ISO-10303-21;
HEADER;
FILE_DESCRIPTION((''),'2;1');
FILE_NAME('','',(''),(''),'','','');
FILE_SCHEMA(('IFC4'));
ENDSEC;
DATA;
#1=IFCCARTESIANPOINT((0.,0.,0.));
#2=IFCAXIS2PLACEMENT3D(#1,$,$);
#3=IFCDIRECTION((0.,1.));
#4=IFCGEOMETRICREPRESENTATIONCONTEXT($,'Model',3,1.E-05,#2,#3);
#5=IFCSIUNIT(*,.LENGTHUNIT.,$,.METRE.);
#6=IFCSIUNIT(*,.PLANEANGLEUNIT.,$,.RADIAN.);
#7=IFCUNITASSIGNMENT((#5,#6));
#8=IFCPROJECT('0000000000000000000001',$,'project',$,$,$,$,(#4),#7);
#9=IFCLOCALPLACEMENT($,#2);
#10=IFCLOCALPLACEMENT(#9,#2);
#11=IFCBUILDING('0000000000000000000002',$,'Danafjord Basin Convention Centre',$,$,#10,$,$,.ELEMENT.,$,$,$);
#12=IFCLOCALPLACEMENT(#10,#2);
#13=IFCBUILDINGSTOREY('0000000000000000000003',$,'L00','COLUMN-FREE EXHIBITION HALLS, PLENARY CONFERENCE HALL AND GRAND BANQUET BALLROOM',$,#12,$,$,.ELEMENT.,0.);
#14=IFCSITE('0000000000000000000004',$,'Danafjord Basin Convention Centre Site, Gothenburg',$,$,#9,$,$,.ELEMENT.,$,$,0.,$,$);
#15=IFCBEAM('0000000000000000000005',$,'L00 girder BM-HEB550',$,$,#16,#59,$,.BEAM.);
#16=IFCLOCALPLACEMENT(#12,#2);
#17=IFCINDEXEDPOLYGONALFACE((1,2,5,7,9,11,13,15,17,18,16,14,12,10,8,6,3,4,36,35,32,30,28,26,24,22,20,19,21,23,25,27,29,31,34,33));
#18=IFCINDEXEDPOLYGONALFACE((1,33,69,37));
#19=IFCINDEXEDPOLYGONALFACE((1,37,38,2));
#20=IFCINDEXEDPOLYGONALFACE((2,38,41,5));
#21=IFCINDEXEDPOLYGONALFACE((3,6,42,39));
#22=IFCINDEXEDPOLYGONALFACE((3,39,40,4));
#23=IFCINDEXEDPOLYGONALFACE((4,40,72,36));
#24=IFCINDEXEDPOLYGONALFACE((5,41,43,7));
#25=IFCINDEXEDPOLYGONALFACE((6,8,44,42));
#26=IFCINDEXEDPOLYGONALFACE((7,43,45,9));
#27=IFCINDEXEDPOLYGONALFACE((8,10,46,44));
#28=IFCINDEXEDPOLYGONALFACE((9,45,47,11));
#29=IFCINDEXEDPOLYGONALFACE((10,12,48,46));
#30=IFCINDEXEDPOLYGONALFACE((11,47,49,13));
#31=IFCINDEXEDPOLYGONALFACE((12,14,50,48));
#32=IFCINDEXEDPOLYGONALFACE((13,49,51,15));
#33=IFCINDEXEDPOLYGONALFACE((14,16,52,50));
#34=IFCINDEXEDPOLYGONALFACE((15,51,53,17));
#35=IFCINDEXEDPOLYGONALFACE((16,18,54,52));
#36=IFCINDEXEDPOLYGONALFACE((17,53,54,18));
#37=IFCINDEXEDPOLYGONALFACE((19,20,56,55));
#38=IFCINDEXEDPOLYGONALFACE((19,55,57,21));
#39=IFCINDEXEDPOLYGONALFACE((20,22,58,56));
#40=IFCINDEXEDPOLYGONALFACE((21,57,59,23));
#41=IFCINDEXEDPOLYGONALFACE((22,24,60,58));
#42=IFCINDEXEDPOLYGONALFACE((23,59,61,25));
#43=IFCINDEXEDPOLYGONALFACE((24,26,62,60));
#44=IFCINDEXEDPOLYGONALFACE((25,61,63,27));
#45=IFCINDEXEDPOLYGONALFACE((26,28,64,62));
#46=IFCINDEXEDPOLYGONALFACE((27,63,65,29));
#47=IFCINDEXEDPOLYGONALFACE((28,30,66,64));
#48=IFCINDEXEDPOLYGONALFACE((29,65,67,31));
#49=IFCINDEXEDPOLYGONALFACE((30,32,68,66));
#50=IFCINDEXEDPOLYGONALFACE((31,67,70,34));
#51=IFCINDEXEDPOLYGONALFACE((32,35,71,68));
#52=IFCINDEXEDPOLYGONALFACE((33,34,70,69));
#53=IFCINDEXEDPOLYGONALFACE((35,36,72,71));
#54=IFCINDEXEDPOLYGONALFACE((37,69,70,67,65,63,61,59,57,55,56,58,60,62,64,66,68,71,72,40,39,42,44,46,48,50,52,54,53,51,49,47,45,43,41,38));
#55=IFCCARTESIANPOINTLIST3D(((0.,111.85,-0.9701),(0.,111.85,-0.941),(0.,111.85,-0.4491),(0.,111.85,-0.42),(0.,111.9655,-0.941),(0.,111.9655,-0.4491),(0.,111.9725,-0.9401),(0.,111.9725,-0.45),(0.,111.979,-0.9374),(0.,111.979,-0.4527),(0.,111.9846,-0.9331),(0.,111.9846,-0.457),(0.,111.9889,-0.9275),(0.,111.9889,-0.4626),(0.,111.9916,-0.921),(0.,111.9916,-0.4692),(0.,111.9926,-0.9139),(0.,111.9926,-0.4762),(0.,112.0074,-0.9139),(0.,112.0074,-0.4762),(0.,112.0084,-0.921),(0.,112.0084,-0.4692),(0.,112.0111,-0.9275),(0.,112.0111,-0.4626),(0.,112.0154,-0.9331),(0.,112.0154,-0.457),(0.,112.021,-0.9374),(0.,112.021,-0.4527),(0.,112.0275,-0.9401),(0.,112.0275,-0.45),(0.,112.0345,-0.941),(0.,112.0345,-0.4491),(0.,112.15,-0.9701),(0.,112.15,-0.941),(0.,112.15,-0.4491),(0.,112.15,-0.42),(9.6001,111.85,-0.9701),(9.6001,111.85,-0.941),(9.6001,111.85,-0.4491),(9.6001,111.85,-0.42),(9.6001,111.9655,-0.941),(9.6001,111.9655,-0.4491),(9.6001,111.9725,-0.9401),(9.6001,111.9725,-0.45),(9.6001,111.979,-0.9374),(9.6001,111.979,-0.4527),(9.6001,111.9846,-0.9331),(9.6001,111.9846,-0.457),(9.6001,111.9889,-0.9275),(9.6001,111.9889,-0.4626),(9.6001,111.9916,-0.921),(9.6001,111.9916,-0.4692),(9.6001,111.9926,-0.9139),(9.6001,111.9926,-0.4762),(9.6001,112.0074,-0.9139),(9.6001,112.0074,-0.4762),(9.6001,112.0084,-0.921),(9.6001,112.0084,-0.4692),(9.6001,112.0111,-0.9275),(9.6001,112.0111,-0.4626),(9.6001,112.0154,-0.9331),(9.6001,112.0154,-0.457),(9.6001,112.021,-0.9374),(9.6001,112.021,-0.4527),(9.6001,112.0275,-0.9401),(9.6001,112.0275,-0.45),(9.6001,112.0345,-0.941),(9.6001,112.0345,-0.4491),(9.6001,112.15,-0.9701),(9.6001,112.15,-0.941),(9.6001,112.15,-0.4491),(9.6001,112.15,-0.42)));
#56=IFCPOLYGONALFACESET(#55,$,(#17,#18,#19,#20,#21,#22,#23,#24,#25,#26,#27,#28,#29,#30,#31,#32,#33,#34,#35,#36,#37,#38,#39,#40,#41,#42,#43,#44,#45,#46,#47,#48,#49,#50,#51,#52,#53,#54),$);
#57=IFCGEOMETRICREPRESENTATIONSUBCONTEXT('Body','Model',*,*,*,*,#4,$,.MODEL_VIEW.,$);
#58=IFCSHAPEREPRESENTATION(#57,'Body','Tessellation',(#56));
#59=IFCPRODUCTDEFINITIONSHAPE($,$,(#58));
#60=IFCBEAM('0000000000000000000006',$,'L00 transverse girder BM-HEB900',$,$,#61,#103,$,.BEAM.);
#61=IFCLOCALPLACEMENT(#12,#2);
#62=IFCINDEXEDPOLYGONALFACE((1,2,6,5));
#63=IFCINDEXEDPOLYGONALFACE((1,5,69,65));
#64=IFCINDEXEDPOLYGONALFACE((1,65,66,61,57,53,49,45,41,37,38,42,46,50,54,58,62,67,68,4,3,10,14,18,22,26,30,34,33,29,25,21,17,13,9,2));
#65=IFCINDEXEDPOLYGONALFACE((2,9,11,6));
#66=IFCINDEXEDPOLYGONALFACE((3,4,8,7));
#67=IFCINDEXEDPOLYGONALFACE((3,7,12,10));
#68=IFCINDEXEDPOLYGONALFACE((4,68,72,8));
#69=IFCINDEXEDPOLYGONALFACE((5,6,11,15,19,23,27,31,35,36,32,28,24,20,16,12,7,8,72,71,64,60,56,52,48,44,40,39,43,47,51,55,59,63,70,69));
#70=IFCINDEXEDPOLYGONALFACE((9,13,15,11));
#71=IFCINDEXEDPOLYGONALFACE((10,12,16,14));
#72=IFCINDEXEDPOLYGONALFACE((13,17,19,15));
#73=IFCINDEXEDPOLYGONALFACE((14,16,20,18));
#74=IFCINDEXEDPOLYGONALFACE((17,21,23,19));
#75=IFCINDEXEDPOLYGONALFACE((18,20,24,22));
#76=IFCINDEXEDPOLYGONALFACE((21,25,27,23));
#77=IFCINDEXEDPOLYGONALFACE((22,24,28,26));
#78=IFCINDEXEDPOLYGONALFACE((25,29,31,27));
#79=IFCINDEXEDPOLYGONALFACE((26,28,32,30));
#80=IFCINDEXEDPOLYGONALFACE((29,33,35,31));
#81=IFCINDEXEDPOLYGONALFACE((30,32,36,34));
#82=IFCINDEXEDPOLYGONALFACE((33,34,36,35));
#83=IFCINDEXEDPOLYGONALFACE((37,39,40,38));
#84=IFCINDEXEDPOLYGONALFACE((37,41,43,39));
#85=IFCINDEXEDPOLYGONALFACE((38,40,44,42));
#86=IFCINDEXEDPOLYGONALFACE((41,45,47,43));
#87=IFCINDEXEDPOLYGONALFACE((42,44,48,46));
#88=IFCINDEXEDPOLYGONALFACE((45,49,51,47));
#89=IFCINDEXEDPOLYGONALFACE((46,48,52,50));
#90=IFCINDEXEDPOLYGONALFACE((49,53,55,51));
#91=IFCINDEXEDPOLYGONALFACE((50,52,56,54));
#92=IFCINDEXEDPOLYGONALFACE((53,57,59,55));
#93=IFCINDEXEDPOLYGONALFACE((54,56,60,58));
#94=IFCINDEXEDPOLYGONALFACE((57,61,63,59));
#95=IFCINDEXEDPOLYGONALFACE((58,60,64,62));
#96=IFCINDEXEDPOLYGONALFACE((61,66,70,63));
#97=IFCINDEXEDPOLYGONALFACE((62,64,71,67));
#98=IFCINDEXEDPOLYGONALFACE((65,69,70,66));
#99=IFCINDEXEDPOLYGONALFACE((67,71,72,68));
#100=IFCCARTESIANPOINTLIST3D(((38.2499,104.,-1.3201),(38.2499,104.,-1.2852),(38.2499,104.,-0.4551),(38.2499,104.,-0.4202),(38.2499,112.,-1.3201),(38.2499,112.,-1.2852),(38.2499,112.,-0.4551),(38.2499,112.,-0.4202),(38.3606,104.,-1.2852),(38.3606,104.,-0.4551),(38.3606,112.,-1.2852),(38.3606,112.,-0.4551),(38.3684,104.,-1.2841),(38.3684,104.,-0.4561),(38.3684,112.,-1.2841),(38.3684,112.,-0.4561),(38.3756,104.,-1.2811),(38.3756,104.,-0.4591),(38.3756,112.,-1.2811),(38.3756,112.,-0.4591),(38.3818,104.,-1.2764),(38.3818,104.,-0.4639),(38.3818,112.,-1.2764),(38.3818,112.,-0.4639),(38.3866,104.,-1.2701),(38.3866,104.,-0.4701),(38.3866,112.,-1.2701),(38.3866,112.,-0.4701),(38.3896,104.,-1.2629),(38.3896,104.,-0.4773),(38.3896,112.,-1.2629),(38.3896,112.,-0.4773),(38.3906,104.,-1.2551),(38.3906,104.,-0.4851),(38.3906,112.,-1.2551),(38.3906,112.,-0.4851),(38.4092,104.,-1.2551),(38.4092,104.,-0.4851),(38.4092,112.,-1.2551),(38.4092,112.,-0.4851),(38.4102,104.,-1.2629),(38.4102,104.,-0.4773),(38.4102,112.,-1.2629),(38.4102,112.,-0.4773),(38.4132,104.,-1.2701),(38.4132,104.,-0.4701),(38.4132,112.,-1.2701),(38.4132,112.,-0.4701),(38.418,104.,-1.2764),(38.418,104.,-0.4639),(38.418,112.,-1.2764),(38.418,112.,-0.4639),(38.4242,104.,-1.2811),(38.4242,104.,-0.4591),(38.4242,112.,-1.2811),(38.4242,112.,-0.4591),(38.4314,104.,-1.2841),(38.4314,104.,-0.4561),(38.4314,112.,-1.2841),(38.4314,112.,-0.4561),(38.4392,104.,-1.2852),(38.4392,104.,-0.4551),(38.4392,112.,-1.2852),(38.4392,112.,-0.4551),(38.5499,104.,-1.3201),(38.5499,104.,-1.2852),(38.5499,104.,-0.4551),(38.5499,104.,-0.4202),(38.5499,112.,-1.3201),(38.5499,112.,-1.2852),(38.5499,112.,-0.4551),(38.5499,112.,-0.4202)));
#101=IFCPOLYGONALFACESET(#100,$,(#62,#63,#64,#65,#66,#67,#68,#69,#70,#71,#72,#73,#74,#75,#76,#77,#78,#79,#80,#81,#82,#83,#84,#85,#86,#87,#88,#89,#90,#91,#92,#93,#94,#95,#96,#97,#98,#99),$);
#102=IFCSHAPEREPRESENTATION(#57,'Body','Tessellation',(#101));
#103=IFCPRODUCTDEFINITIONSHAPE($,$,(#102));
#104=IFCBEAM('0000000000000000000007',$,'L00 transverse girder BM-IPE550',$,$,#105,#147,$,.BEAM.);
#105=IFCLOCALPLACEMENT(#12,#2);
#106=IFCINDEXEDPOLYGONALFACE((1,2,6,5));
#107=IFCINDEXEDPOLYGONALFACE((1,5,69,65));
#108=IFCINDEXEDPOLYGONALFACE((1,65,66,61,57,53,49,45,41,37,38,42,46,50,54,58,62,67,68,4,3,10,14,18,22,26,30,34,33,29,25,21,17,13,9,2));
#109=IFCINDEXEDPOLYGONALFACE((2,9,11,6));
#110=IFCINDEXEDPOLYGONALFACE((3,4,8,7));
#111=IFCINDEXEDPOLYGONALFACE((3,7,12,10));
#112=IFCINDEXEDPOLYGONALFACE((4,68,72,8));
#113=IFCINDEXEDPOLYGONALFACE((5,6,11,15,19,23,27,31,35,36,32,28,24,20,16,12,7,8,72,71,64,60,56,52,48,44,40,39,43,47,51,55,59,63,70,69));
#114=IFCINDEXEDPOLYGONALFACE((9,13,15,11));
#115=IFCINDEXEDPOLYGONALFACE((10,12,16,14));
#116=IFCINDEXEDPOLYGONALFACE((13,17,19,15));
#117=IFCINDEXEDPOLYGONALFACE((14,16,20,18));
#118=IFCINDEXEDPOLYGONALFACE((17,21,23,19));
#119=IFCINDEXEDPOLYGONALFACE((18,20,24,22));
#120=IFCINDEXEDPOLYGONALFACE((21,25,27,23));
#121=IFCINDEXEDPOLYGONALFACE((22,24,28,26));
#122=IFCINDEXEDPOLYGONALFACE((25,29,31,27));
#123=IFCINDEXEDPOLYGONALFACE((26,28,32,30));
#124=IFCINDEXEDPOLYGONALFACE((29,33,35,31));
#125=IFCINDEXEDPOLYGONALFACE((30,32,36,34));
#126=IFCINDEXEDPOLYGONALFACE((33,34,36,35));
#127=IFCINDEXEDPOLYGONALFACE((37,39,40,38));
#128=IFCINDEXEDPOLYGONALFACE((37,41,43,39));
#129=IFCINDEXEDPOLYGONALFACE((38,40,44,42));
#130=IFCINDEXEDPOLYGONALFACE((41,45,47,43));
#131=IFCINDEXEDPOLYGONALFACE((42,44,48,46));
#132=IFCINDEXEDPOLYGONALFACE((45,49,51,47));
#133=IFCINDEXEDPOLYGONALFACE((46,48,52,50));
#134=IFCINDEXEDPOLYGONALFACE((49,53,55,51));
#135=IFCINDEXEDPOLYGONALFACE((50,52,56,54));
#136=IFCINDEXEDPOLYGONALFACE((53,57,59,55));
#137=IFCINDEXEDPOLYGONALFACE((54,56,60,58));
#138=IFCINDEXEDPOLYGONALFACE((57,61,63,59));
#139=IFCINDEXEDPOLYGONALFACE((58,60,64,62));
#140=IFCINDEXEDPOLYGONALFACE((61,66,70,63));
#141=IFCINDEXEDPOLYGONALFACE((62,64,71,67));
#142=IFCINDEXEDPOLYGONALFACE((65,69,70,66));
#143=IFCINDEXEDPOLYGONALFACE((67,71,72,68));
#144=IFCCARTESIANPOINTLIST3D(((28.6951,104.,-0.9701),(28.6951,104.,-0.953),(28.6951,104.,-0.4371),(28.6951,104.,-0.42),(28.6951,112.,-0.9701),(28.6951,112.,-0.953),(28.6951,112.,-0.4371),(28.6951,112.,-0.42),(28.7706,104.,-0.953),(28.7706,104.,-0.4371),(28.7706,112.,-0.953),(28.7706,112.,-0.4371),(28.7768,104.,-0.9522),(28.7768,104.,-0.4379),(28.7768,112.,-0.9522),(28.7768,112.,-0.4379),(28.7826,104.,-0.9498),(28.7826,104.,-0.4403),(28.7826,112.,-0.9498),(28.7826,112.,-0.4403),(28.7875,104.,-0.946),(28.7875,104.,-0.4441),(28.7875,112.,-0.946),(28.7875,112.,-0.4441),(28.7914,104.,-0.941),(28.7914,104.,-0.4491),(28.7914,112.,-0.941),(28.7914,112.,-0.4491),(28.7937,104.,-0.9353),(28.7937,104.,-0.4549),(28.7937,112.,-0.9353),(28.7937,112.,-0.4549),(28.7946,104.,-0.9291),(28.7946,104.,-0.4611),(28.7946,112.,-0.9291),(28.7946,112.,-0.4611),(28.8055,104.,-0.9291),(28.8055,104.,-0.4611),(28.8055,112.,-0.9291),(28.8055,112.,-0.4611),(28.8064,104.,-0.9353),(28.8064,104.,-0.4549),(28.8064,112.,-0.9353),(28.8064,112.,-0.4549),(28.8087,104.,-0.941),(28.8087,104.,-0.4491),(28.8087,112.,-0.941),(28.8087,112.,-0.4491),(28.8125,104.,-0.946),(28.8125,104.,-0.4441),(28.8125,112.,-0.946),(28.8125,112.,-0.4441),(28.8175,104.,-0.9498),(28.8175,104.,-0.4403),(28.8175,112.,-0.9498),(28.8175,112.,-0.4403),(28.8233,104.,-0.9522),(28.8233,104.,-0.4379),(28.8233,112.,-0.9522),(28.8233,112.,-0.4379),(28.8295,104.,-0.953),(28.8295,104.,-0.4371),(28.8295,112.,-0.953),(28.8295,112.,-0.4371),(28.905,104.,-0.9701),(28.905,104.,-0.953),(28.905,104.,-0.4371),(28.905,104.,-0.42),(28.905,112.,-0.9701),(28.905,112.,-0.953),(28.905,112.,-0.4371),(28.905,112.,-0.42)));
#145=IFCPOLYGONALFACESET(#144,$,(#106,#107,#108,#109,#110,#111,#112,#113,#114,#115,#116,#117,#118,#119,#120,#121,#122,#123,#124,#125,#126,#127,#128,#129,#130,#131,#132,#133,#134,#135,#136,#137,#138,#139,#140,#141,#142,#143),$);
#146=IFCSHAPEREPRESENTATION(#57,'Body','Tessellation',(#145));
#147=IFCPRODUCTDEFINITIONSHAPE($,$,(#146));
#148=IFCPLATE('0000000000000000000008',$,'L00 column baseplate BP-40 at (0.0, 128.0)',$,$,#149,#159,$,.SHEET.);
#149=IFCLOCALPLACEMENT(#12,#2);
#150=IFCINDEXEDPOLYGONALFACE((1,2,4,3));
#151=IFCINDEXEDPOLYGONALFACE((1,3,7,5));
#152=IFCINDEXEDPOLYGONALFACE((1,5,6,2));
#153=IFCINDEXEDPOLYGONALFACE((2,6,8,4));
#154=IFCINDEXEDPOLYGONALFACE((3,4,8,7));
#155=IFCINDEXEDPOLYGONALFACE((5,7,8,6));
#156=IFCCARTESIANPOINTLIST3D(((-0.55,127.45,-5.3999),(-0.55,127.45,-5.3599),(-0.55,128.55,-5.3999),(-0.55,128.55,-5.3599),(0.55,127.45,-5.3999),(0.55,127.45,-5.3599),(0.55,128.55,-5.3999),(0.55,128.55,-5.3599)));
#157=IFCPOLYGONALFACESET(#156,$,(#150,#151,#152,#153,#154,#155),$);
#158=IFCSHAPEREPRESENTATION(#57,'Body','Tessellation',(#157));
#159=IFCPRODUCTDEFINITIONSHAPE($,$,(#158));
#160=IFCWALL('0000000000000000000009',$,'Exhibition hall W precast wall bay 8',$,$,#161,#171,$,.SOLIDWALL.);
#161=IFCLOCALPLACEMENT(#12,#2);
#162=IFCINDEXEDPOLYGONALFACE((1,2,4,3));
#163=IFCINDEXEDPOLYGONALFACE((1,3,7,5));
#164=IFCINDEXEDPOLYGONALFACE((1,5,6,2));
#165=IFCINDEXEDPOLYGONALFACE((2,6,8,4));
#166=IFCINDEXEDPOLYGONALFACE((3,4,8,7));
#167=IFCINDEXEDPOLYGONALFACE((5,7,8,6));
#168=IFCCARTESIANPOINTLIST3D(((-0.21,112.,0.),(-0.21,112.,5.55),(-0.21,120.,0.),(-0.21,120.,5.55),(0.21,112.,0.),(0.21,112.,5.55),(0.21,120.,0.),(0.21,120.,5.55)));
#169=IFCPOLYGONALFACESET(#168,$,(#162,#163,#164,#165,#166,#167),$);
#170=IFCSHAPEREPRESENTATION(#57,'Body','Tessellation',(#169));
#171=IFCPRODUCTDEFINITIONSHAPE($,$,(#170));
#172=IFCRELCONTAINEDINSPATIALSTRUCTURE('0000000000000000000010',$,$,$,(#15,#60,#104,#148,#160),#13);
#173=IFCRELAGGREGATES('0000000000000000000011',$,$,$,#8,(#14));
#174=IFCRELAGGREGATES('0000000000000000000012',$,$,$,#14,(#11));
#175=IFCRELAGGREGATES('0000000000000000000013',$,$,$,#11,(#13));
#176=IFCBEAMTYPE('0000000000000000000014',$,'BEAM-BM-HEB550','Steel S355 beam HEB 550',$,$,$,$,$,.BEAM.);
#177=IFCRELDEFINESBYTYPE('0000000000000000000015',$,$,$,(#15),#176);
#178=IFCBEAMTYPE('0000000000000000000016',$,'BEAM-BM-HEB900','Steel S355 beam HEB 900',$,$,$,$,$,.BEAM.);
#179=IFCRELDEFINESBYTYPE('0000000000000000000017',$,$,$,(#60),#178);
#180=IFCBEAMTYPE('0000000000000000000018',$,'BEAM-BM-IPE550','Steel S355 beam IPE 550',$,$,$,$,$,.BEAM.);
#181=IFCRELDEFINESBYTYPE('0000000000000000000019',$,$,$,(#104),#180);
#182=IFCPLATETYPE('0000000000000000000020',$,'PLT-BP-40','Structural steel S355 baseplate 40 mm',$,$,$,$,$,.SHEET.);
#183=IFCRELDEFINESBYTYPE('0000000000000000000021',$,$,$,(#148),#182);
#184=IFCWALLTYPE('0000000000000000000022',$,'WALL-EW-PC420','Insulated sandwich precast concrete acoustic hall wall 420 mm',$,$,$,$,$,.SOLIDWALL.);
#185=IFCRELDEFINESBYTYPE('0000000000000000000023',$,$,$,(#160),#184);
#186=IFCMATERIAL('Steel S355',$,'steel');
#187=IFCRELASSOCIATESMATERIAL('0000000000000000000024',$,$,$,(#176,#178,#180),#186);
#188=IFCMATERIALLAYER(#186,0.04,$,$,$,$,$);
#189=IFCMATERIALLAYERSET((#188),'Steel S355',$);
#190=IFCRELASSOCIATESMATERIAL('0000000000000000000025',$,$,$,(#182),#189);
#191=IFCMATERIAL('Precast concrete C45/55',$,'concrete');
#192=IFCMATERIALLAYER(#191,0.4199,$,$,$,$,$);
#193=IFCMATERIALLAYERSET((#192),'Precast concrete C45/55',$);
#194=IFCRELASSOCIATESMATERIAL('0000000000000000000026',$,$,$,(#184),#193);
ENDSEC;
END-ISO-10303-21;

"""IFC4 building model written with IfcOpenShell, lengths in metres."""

from ifc_helpers import new_model, si_unit, direction, frame, frame_2d, origin, origin_2d, place, context, subcontext, project, spatial, rectangle, i_section, extrude, material, layer, layer_set, material_profile, profile_set, type_object, element, save


model = new_model("IFC4")

# Units and contexts
model_context = context("Model", 3, precision=1e-05, world=origin(), true_north=direction((0.0, 1.0)))
body_context = subcontext(model_context, "Body", "Model", "MODEL_VIEW")
ifc_project = project(units=[si_unit("LENGTHUNIT", "METRE"), si_unit("PLANEANGLEUNIT", "RADIAN")], contexts=[model_context])

# Site, building, storey
site_placement = place(None, origin())
site = spatial("IfcSite", under=ifc_project, at=site_placement, Name="Danafjord Basin Convention Centre Site, Gothenburg", CompositionType="ELEMENT", RefElevation=0.0)
building_placement = place(site_placement, origin())
building = spatial("IfcBuilding", under=site, at=building_placement, Name="Danafjord Basin Convention Centre", CompositionType="ELEMENT")
storey_placement = place(building_placement, origin())
storey = spatial("IfcBuildingStorey", under=building, at=storey_placement, Name="L00", Description="COLUMN-FREE EXHIBITION HALLS, PLENARY CONFERENCE HALL AND GRAND BANQUET BALLROOM", CompositionType="ELEMENT", Elevation=0.0)

# Shared definitions
ifc_material_1 = material(Name="Precast concrete C45/55", Category="concrete")

# Beams
ifc_material_2 = material(Name="Steel S355", Category="steel")
ifc_material_profile_1 = material_profile(ifc_material_2, i_section(OverallWidth=0.3, OverallDepth=0.55, WebThickness=0.0149, FlangeThickness=0.0291, FilletRadius=0.0271, at=origin_2d()), Name="HEB 550")
ifc_profile_set_1 = profile_set([ifc_material_profile_1], Name="Steel S355")
beam_type_1 = type_object("IfcBeamType", Name="BEAM-BM-HEB550", Description="Steel S355 beam HEB 550", PredefinedType="BEAM", material=ifc_profile_set_1)
beam_1_placement = place(storey_placement, frame((0.0, 112.0, -0.6951), z_axis=(1.0, 0.0, 0.0), x_axis=(0.0, 1.0, 0.0)))
element("IfcBeam", 1, at=beam_1_placement, inside=storey, type_object=beam_type_1, Name="L00 girder BM-HEB550", PredefinedType="BEAM", context=body_context, shape_type="SweptSolid", body=[
    extrude(i_section(OverallWidth=0.3, OverallDepth=0.55, WebThickness=0.0149, FlangeThickness=0.0291, FilletRadius=0.0271, at=origin_2d()), origin(), (0.0, 0.0, 1.0), 9.6001),
])
ifc_material_profile_2 = material_profile(ifc_material_2, i_section(OverallWidth=0.3, OverallDepth=0.8999, WebThickness=0.0186, FlangeThickness=0.0349, FilletRadius=0.03, at=origin_2d()), Name="HEB 900")
ifc_profile_set_2 = profile_set([ifc_material_profile_2], Name="Steel S355")
beam_type_2 = type_object("IfcBeamType", Name="BEAM-BM-HEB900", Description="Steel S355 beam HEB 900", PredefinedType="BEAM", material=ifc_profile_set_2)
beam_2_placement = place(storey_placement, frame((38.3999, 104.0, -0.8701), z_axis=(0.0, 1.0, 0.0), x_axis=(-1.0, 0.0, 0.0)))
element("IfcBeam", 2, at=beam_2_placement, inside=storey, type_object=beam_type_2, Name="L00 transverse girder BM-HEB900", PredefinedType="BEAM", context=body_context, shape_type="SweptSolid", body=[
    extrude(i_section(OverallWidth=0.3, OverallDepth=0.8999, WebThickness=0.0186, FlangeThickness=0.0349, FilletRadius=0.03, at=origin_2d()), origin(), (0.0, 0.0, 1.0), 8.0),
])
ifc_material_profile_3 = material_profile(ifc_material_2, i_section(OverallWidth=0.21, OverallDepth=0.55, WebThickness=0.011, FlangeThickness=0.0171, FilletRadius=0.0239, at=origin_2d()), Name="IPE 550")
ifc_profile_set_3 = profile_set([ifc_material_profile_3], Name="Steel S355")
beam_type_3 = type_object("IfcBeamType", Name="BEAM-BM-IPE550", Description="Steel S355 beam IPE 550", PredefinedType="BEAM", material=ifc_profile_set_3)
beam_3_placement = place(storey_placement, frame((28.8, 104.0, -0.6951), z_axis=(0.0, 1.0, 0.0), x_axis=(-1.0, 0.0, 0.0)))
element("IfcBeam", 3, at=beam_3_placement, inside=storey, type_object=beam_type_3, Name="L00 transverse girder BM-IPE550", PredefinedType="BEAM", context=body_context, shape_type="SweptSolid", body=[
    extrude(i_section(OverallWidth=0.21, OverallDepth=0.55, WebThickness=0.011, FlangeThickness=0.0171, FilletRadius=0.0239, at=origin_2d()), origin(), (0.0, 0.0, 1.0), 8.0),
])

# Plate
ifc_layer_1 = layer(ifc_material_2, 0.04)
ifc_layer_set_1 = layer_set([ifc_layer_1], Name="Steel S355")
plate_type = type_object("IfcPlateType", Name="PLT-BP-40", Description="Structural steel S355 baseplate 40 mm", PredefinedType="SHEET", material=ifc_layer_set_1)
plate_placement = place(storey_placement, frame((0.0, 128.0, -5.3999), z_axis=(0.0, 0.0, 1.0), x_axis=(1.0, 0.0, 0.0)))
element("IfcPlate", 4, at=plate_placement, inside=storey, type_object=plate_type, Name="L00 column baseplate BP-40 at (0.0, 128.0)", PredefinedType="SHEET", context=body_context, shape_type="SweptSolid", body=[
    extrude(rectangle(XDim=1.1001, YDim=1.1001, at=origin_2d()), origin(), (0.0, 0.0, 1.0), 0.04),
])

# Wall
ifc_layer_2 = layer(ifc_material_1, 0.4199)
ifc_layer_set_2 = layer_set([ifc_layer_2], Name="Precast concrete C45/55")
wall_type = type_object("IfcWallType", Name="WALL-EW-PC420", Description="Insulated sandwich precast concrete acoustic hall wall 420 mm", PredefinedType="SOLIDWALL", material=ifc_layer_set_2)
wall_1_placement = place(storey_placement, frame((0.0, 112.0, 0.0), z_axis=(0.0, 0.0, 1.0), x_axis=(0.0, 1.0, 0.0)))
element("IfcWall", 5, at=wall_1_placement, inside=storey, type_object=wall_type, Name="Exhibition hall W precast wall bay 8", PredefinedType="SOLIDWALL", context=body_context, shape_type="SweptSolid", body=[
    extrude(rectangle(XDim=8.0, YDim=0.4199, at=frame_2d((4.0, 0.0))), origin(), (0.0, 0.0, 1.0), 5.55),
])

save(model, "model.ifc")
